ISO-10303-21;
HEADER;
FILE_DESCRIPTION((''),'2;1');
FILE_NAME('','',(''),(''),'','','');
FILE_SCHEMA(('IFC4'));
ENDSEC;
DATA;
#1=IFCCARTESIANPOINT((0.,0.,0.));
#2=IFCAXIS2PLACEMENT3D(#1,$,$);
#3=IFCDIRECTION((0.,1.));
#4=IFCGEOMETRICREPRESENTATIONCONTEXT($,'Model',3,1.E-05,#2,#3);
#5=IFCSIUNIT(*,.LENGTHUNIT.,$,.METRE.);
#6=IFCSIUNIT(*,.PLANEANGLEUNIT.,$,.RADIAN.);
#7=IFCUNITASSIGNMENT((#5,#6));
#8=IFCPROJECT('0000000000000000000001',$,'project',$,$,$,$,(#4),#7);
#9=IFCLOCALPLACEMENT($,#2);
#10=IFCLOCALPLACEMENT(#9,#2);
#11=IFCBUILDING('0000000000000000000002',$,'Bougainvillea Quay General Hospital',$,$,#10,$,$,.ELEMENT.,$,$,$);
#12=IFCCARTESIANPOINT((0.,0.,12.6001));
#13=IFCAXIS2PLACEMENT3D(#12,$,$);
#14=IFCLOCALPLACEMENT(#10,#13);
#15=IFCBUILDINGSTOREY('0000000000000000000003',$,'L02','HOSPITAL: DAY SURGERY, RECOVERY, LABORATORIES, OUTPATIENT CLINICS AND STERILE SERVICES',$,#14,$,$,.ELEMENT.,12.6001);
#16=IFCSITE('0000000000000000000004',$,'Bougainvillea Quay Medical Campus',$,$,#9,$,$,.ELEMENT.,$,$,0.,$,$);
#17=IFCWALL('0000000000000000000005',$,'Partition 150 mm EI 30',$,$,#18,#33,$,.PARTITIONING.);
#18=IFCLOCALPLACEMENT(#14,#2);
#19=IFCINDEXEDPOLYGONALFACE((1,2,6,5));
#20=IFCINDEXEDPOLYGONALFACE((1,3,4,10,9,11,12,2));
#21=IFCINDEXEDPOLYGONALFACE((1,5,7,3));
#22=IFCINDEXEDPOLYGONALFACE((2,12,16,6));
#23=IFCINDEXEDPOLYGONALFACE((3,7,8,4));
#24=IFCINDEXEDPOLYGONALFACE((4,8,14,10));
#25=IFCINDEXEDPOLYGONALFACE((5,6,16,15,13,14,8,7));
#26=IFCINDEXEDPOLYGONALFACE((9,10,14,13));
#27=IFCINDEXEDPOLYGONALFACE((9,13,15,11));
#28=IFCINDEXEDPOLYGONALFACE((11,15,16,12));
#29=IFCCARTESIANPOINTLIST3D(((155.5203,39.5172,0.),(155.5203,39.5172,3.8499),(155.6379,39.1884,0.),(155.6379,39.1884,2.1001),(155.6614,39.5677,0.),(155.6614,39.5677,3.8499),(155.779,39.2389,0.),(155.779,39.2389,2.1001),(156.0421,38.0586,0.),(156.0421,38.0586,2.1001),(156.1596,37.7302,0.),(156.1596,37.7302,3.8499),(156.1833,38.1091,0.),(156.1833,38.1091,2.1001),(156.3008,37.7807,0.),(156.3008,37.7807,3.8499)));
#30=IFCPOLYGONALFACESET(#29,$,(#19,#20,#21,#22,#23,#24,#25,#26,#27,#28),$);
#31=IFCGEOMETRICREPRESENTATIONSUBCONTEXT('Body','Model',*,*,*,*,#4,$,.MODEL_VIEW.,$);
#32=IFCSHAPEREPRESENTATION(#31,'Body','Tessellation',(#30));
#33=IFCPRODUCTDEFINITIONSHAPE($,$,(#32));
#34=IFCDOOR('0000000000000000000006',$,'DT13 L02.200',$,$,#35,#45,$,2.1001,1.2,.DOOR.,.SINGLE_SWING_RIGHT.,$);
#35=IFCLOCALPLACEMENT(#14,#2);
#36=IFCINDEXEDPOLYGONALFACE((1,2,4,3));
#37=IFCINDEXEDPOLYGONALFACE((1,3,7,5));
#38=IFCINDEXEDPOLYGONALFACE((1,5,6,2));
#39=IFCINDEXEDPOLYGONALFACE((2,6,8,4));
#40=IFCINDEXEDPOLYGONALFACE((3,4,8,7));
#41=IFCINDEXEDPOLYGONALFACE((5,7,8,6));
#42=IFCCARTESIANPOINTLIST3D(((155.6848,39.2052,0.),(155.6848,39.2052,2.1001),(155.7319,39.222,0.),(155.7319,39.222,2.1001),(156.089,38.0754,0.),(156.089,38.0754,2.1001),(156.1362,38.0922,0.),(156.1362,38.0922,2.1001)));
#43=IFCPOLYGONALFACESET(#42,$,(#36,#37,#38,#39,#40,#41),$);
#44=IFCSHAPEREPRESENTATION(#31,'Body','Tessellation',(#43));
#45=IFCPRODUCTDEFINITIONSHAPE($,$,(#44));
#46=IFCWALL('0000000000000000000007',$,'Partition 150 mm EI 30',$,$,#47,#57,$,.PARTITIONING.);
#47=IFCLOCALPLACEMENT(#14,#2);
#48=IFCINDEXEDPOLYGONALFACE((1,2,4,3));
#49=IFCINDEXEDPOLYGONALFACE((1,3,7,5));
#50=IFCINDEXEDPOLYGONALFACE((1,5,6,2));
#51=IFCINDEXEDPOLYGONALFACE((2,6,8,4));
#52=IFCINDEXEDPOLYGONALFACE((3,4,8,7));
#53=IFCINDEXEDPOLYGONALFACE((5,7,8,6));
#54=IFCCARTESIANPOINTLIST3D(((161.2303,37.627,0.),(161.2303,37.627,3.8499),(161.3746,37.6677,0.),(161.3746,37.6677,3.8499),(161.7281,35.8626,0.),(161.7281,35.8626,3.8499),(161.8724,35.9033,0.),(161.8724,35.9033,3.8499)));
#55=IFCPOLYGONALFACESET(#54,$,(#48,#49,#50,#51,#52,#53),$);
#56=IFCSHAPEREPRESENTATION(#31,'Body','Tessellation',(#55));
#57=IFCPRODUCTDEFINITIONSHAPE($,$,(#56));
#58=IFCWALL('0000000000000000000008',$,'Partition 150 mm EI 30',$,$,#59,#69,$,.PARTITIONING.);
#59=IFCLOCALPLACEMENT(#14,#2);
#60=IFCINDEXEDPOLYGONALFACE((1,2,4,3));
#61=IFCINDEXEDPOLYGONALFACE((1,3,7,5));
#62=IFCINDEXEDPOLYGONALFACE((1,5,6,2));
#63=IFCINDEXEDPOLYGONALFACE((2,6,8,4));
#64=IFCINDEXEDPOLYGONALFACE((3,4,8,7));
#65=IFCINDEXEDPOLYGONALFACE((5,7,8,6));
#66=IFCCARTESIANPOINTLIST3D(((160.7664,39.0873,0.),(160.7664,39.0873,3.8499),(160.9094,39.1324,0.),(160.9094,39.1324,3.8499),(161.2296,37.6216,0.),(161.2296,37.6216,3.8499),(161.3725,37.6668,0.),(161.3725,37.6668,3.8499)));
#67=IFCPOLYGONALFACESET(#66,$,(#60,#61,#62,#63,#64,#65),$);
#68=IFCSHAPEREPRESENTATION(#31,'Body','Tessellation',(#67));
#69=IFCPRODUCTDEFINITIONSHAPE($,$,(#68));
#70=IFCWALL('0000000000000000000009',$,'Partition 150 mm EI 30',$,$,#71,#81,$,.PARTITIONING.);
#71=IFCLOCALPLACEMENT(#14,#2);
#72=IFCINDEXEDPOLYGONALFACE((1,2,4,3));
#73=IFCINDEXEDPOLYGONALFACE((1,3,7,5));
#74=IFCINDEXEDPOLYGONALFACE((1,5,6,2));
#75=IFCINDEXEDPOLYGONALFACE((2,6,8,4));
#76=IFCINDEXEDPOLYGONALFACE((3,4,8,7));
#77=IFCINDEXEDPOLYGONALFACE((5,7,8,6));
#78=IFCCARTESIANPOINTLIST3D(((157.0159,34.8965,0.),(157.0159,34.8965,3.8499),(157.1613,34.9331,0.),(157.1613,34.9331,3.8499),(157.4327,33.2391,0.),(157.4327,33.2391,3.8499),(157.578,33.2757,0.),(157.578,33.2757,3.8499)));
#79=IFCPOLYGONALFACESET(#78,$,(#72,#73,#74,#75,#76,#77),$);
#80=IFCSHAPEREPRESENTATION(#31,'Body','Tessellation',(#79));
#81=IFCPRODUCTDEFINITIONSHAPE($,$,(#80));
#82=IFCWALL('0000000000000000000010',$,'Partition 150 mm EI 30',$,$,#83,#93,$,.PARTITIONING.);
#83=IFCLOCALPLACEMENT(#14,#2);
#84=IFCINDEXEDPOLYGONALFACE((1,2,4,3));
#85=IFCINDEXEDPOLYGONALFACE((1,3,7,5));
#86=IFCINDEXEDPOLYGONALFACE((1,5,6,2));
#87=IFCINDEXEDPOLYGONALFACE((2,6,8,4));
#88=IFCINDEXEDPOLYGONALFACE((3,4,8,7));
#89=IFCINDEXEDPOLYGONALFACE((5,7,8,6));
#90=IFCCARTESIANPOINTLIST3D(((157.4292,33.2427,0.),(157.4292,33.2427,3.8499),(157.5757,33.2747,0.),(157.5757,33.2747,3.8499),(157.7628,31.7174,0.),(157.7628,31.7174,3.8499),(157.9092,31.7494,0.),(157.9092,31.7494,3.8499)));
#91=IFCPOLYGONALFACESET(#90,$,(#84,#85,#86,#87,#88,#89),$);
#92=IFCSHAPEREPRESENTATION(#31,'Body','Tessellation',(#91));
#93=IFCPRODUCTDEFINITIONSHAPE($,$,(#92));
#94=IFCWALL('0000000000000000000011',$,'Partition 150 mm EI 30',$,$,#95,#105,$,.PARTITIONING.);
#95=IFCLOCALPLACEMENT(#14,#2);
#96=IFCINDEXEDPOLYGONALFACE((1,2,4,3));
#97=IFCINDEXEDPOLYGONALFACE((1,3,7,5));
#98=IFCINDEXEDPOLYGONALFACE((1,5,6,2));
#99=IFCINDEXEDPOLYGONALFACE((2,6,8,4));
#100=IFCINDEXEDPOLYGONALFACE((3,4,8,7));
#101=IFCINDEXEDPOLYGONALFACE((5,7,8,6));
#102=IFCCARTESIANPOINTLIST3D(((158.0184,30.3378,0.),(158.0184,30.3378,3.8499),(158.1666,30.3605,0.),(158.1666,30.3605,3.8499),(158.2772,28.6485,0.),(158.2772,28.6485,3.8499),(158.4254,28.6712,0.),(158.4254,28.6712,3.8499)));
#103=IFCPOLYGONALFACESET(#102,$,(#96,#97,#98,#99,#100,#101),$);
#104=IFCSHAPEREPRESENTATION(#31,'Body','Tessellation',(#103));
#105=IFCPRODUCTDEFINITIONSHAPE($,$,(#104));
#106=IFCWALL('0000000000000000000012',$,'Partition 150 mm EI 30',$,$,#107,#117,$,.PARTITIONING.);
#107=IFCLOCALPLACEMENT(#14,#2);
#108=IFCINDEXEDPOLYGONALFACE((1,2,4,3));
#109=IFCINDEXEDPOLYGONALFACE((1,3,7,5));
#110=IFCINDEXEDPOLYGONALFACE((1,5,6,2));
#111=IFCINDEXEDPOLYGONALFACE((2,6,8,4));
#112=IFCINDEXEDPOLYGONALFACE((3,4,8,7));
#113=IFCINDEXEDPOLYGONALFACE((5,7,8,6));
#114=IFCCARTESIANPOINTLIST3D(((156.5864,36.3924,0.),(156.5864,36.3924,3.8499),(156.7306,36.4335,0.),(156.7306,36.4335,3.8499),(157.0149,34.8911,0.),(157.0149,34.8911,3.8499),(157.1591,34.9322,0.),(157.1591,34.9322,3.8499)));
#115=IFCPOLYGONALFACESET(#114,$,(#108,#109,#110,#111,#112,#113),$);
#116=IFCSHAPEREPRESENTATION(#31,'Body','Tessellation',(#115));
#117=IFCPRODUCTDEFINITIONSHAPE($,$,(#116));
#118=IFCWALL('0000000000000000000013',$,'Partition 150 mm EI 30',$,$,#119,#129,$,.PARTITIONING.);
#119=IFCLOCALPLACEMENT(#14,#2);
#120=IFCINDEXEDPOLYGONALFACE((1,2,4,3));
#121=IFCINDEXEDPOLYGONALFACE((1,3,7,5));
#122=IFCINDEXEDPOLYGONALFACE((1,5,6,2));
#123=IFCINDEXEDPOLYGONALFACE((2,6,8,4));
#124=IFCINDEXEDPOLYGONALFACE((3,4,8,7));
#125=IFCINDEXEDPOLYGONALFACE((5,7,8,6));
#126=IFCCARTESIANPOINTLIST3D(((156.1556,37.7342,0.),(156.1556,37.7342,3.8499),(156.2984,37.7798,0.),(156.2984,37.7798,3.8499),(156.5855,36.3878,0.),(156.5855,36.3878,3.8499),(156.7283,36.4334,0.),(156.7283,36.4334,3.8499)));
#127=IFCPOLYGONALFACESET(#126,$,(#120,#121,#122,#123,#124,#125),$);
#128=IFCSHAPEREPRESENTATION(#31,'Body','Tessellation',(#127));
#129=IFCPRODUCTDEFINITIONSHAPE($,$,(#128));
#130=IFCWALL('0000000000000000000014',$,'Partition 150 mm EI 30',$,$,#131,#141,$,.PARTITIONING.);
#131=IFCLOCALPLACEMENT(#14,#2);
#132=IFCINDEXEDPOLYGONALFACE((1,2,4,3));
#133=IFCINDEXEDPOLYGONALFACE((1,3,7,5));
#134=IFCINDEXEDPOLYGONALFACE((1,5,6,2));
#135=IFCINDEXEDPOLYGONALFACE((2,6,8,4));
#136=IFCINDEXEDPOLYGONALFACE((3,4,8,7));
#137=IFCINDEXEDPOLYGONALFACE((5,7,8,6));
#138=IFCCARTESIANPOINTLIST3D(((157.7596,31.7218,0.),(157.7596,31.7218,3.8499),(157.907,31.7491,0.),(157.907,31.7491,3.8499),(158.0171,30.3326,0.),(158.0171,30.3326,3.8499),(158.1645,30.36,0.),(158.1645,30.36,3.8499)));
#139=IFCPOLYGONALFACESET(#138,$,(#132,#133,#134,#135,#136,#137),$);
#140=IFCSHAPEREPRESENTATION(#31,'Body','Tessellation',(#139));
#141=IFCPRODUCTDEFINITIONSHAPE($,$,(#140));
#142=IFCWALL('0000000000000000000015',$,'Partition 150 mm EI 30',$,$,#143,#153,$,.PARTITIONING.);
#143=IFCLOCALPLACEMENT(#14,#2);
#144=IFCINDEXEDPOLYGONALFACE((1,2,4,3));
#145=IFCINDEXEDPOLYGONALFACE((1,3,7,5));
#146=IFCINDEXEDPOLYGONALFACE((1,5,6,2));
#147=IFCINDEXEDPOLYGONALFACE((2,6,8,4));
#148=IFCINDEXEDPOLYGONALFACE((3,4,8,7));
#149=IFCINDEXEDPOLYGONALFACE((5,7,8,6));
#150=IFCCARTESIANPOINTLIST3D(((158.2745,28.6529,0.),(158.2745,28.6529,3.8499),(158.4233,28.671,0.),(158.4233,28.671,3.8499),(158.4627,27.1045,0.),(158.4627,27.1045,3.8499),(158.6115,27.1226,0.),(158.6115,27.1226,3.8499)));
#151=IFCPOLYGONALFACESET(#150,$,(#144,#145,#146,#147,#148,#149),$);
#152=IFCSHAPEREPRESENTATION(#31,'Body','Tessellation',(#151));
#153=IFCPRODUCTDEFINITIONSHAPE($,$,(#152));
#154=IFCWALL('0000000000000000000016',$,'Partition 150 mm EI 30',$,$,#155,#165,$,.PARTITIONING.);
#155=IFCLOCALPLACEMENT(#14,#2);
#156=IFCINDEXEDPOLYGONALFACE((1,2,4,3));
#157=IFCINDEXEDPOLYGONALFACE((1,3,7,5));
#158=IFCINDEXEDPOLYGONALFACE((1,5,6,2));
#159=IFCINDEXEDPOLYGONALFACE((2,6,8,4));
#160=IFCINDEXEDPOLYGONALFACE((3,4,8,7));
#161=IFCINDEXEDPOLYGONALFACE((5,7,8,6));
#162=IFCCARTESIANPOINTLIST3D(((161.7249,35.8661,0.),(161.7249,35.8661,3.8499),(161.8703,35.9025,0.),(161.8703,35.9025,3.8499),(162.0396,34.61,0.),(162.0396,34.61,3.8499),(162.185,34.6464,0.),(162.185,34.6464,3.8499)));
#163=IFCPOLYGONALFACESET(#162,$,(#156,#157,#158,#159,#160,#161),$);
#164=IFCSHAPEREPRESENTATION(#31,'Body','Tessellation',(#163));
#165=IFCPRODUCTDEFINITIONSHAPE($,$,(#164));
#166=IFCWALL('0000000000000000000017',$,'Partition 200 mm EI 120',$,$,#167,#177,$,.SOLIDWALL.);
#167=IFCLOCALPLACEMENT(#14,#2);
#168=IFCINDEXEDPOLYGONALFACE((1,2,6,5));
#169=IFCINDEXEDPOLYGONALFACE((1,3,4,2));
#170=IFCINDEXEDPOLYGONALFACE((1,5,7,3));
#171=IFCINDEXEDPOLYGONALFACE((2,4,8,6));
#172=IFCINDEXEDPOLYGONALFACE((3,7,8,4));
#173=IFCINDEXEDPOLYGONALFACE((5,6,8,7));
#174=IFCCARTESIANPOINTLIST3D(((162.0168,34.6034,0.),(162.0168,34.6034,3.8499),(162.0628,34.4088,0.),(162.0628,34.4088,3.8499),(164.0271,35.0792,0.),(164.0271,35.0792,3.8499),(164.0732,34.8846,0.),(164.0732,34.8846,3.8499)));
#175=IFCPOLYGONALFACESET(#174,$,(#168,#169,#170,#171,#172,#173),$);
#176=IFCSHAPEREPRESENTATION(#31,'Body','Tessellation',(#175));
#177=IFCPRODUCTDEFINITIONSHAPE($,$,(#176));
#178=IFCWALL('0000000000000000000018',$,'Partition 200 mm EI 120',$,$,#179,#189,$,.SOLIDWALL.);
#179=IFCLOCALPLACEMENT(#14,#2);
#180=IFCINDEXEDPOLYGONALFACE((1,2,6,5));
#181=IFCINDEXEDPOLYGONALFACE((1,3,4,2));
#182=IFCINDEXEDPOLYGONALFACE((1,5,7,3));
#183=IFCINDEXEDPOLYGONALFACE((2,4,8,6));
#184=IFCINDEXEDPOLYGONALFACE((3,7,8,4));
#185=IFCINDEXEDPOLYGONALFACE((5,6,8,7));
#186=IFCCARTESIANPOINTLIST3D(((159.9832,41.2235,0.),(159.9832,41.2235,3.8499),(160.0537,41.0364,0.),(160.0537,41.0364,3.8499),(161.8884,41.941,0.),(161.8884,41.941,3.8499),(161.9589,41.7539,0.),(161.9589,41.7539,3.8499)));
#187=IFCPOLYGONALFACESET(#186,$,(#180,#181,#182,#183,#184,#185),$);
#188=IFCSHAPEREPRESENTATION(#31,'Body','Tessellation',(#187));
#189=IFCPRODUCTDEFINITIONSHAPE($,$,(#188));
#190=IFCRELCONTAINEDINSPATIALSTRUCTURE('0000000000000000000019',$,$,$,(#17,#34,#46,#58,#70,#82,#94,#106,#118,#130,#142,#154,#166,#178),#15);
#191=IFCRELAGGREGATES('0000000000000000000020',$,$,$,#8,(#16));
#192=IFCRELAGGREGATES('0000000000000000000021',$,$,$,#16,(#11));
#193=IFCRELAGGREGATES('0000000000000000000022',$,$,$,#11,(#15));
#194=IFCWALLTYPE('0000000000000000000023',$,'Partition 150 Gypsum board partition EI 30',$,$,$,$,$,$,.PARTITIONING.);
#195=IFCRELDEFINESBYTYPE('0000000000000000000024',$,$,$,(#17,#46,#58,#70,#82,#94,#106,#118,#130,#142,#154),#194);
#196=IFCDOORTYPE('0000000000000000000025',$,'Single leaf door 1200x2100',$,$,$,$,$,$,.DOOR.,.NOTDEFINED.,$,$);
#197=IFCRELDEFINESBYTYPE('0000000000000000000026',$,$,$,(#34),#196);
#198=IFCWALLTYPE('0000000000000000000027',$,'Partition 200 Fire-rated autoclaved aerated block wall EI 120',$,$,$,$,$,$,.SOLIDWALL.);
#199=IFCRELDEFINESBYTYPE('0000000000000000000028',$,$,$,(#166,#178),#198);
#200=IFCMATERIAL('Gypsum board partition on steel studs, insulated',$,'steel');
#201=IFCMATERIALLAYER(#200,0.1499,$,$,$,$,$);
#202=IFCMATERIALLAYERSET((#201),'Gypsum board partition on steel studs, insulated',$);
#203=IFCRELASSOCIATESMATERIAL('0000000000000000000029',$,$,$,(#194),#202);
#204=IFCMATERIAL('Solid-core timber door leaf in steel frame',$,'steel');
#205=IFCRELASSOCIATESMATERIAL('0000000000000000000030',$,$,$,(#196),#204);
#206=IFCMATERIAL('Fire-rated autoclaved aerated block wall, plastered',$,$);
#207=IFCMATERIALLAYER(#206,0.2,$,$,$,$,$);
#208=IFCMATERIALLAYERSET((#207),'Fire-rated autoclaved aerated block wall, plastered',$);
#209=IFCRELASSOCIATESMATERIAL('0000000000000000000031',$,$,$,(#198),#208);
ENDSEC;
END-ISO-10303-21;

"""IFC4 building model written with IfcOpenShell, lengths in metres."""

from ifc_helpers import new_model, si_unit, direction, frame, frame_2d, origin, place, context, subcontext, project, spatial, rectangle, extrude, material, layer, layer_set, type_object, element, fill, save


model = new_model("IFC4")

# Units and contexts
model_context = context("Model", 3, precision=1e-05, world=origin(), true_north=direction((0.0, 1.0)))
body_context = subcontext(model_context, "Body", "Model", "MODEL_VIEW")
ifc_project = project(units=[si_unit("LENGTHUNIT", "METRE"), si_unit("PLANEANGLEUNIT", "RADIAN")], contexts=[model_context])

# Site, building, storey
site_placement = place(None, origin())
site = spatial("IfcSite", under=ifc_project, at=site_placement, Name="Bougainvillea Quay Medical Campus", CompositionType="ELEMENT", RefElevation=0.0)
building_placement = place(site_placement, origin())
building = spatial("IfcBuilding", under=site, at=building_placement, Name="Bougainvillea Quay General Hospital", CompositionType="ELEMENT")
storey_placement = place(building_placement, frame((0.0, 0.0, 12.6001)))
storey = spatial("IfcBuildingStorey", under=building, at=storey_placement, Name="L02", Description="HOSPITAL: DAY SURGERY, RECOVERY, LABORATORIES, OUTPATIENT CLINICS AND STERILE SERVICES", CompositionType="ELEMENT", Elevation=12.6001)

# Wall, opening, door
ifc_material_1 = material(Name="Gypsum board partition on steel studs, insulated", Category="steel")
ifc_layer_1 = layer(ifc_material_1, 0.1499)
ifc_layer_set_1 = layer_set([ifc_layer_1], Name="Gypsum board partition on steel studs, insulated")
wall_type_1 = type_object("IfcWallType", Name="Partition 150 Gypsum board partition EI 30", PredefinedType="PARTITIONING", material=ifc_layer_set_1)
wall_1_placement = place(storey_placement, frame((155.5908, 39.5425, 0.0), z_axis=(0.0, 0.0, 1.0), x_axis=(0.336874, -0.94155, 0.0)))
wall_1 = element("IfcWall", 1, at=wall_1_placement, inside=storey, type_object=wall_type_1, Name="Partition 150 mm EI 30", PredefinedType="PARTITIONING", context=body_context, shape_type="SweptSolid", body=[
    extrude(rectangle(XDim=1.8979, YDim=0.1499, at=frame_2d((0.949, 0.0))), origin(), (0.0, 0.0, 1.0), 3.8499),
])
opening_1_placement = place(wall_1_placement, frame((0.3491, 0.0, 0.0)))
opening_1 = element("IfcOpeningElement", 2, at=opening_1_placement, cuts=wall_1, PredefinedType="OPENING", context=body_context, shape_type="SweptSolid", body=[
    extrude(rectangle(XDim=1.2, YDim=2.1001, at=frame_2d((0.6001, 1.05))), frame((0.0, 0.085, 0.0), z_axis=(0.0, -1.0, 0.0), x_axis=(1.0, 0.0, 0.0)), (0.0, 0.0, 1.0), 0.1699),
])
ifc_material_2 = material(Name="Solid-core timber door leaf in steel frame", Category="steel")
door_type_1 = type_object("IfcDoorType", Name="Single leaf door 1200x2100", OperationType="NOTDEFINED", PredefinedType="DOOR", material=ifc_material_2)
door_1_placement = place(opening_1_placement, origin())
door_1 = element("IfcDoor", 3, at=door_1_placement, inside=storey, type_object=door_type_1, Name="DT13 L02.200", OperationType="SINGLE_SWING_RIGHT", OverallHeight=2.1001, OverallWidth=1.2, PredefinedType="DOOR", context=body_context, shape_type="SweptSolid", body=[
    extrude(rectangle(XDim=1.2, YDim=2.1001, at=frame_2d((0.6001, 1.05))), frame((0.0, 0.0249, 0.0), z_axis=(0.0, -1.0, 0.0), x_axis=(1.0, 0.0, 0.0)), (0.0, 0.0, 1.0), 0.05),
])
fill(opening_1, door_1)

# Walls
wall_2_placement = place(storey_placement, frame((161.3025, 37.6472, 0.0), z_axis=(0.0, 0.0, 1.0), x_axis=(0.271536, -0.962428, 0.0)))
element("IfcWall", 4, at=wall_2_placement, inside=storey, type_object=wall_type_1, Name="Partition 150 mm EI 30", PredefinedType="PARTITIONING", context=body_context, shape_type="SweptSolid", body=[
    extrude(rectangle(XDim=1.8333, YDim=0.1499, at=frame_2d((0.9165, 0.0))), origin(), (0.0, 0.0, 1.0), 3.8499),
])
wall_3_placement = place(storey_placement, frame((160.8379, 39.1099, 0.0), z_axis=(0.0, 0.0, 1.0), x_axis=(0.301321, -0.953523, 0.0)))
element("IfcWall", 5, at=wall_3_placement, inside=storey, type_object=wall_type_1, Name="Partition 150 mm EI 30", PredefinedType="PARTITIONING", context=body_context, shape_type="SweptSolid", body=[
    extrude(rectangle(XDim=1.5371, YDim=0.1499, at=frame_2d((0.7686, 0.0))), origin(), (0.0, 0.0, 1.0), 3.8499),
])
wall_4_placement = place(storey_placement, frame((157.0886, 34.9148, 0.0), z_axis=(0.0, 0.0, 1.0), x_axis=(0.243846, -0.969814, 0.0)))
element("IfcWall", 6, at=wall_4_placement, inside=storey, type_object=wall_type_1, Name="Partition 150 mm EI 30", PredefinedType="PARTITIONING", context=body_context, shape_type="SweptSolid", body=[
    extrude(rectangle(XDim=1.709, YDim=0.1499, at=frame_2d((0.8545, 0.0))), origin(), (0.0, 0.0, 1.0), 3.8499),
])
wall_5_placement = place(storey_placement, frame((157.5024, 33.2588, 0.0), z_axis=(0.0, 0.0, 1.0), x_axis=(0.213618, -0.976917, 0.0)))
element("IfcWall", 7, at=wall_5_placement, inside=storey, type_object=wall_type_1, Name="Partition 150 mm EI 30", PredefinedType="PARTITIONING", context=body_context, shape_type="SweptSolid", body=[
    extrude(rectangle(XDim=1.5613, YDim=0.1499, at=frame_2d((0.7808, 0.0))), origin(), (0.0, 0.0, 1.0), 3.8499),
])
wall_6_placement = place(storey_placement, frame((158.0925, 30.3491, 0.0), z_axis=(0.0, 0.0, 1.0), x_axis=(0.151435, -0.988467, 0.0)))
element("IfcWall", 8, at=wall_6_placement, inside=storey, type_object=wall_type_1, Name="Partition 150 mm EI 30", PredefinedType="PARTITIONING", context=body_context, shape_type="SweptSolid", body=[
    extrude(rectangle(XDim=1.709, YDim=0.1499, at=frame_2d((0.8545, 0.0))), origin(), (0.0, 0.0, 1.0), 3.8499),
])
wall_7_placement = place(storey_placement, frame((156.6584, 36.4131, 0.0), z_axis=(0.0, 0.0, 1.0), x_axis=(0.274453, -0.961601, 0.0)))
element("IfcWall", 9, at=wall_7_placement, inside=storey, type_object=wall_type_1, Name="Partition 150 mm EI 30", PredefinedType="PARTITIONING", context=body_context, shape_type="SweptSolid", body=[
    extrude(rectangle(XDim=1.5613, YDim=0.1499, at=frame_2d((0.7808, 0.0))), origin(), (0.0, 0.0, 1.0), 3.8499),
])
wall_8_placement = place(storey_placement, frame((156.2271, 37.7568, 0.0), z_axis=(0.0, 0.0, 1.0), x_axis=(0.30418, -0.952614, 0.0)))
element("IfcWall", 10, at=wall_8_placement, inside=storey, type_object=wall_type_1, Name="Partition 150 mm EI 30", PredefinedType="PARTITIONING", context=body_context, shape_type="SweptSolid", body=[
    extrude(rectangle(XDim=1.4133, YDim=0.1499, at=frame_2d((0.7065, 0.0))), origin(), (0.0, 0.0, 1.0), 3.8499),
])
wall_9_placement = place(storey_placement, frame((157.8333, 31.7356, 0.0), z_axis=(0.0, 0.0, 1.0), x_axis=(0.182306, -0.983242, 0.0)))
element("IfcWall", 11, at=wall_9_placement, inside=storey, type_object=wall_type_1, Name="Partition 150 mm EI 30", PredefinedType="PARTITIONING", context=body_context, shape_type="SweptSolid", body=[
    extrude(rectangle(XDim=1.4128, YDim=0.1499, at=frame_2d((0.7065, 0.0))), origin(), (0.0, 0.0, 1.0), 3.8499),
])
wall_10_placement = place(storey_placement, frame((158.3489, 28.6619, 0.0), z_axis=(0.0, 0.0, 1.0), x_axis=(0.120682, -0.992691, 0.0)))
element("IfcWall", 12, at=wall_10_placement, inside=storey, type_object=wall_type_1, Name="Partition 150 mm EI 30", PredefinedType="PARTITIONING", context=body_context, shape_type="SweptSolid", body=[
    extrude(rectangle(XDim=1.5598, YDim=0.1499, at=frame_2d((0.7798, 0.0))), origin(), (0.0, 0.0, 1.0), 3.8499),
])
wall_11_placement = place(storey_placement, frame((161.7976, 35.8843, 0.0), z_axis=(0.0, 0.0, 1.0), x_axis=(0.243024, -0.97002, 0.0)))
element("IfcWall", 13, at=wall_11_placement, inside=storey, type_object=wall_type_1, Name="Partition 150 mm EI 30", PredefinedType="PARTITIONING", context=body_context, shape_type="SweptSolid", body=[
    extrude(rectangle(XDim=1.2949, YDim=0.1499, at=frame_2d((0.6475, 0.0))), origin(), (0.0, 0.0, 1.0), 3.8499),
])
ifc_material_3 = material(Name="Fire-rated autoclaved aerated block wall, plastered")
ifc_layer_2 = layer(ifc_material_3, 0.2)
ifc_layer_set_2 = layer_set([ifc_layer_2], Name="Fire-rated autoclaved aerated block wall, plastered")
wall_type_2 = type_object("IfcWallType", Name="Partition 200 Fire-rated autoclaved aerated block wall EI 120", PredefinedType="SOLIDWALL", material=ifc_layer_set_2)
wall_12_placement = place(storey_placement, frame((162.0398, 34.5061, 0.0), z_axis=(0.0, 0.0, 1.0), x_axis=(0.973117, 0.23031, 0.0)))
element("IfcWall", 14, at=wall_12_placement, inside=storey, type_object=wall_type_2, Name="Partition 200 mm EI 120", PredefinedType="SOLIDWALL", context=body_context, shape_type="SweptSolid", body=[
    extrude(rectangle(XDim=2.0659, YDim=0.2, at=frame_2d((1.033, 0.0))), origin(), (0.0, 0.0, 1.0), 3.8499),
])
wall_13_placement = place(storey_placement, frame((160.0183, 41.1299, 0.0), z_axis=(0.0, 0.0, 1.0), x_axis=(0.935835, 0.352437, 0.0)))
element("IfcWall", 15, at=wall_13_placement, inside=storey, type_object=wall_type_2, Name="Partition 200 mm EI 120", PredefinedType="SOLIDWALL", context=body_context, shape_type="SweptSolid", body=[
    extrude(rectangle(XDim=2.0359, YDim=0.2, at=frame_2d((1.0181, 0.0))), origin(), (0.0, 0.0, 1.0), 3.8499),
])

save(model, "model.ifc")
